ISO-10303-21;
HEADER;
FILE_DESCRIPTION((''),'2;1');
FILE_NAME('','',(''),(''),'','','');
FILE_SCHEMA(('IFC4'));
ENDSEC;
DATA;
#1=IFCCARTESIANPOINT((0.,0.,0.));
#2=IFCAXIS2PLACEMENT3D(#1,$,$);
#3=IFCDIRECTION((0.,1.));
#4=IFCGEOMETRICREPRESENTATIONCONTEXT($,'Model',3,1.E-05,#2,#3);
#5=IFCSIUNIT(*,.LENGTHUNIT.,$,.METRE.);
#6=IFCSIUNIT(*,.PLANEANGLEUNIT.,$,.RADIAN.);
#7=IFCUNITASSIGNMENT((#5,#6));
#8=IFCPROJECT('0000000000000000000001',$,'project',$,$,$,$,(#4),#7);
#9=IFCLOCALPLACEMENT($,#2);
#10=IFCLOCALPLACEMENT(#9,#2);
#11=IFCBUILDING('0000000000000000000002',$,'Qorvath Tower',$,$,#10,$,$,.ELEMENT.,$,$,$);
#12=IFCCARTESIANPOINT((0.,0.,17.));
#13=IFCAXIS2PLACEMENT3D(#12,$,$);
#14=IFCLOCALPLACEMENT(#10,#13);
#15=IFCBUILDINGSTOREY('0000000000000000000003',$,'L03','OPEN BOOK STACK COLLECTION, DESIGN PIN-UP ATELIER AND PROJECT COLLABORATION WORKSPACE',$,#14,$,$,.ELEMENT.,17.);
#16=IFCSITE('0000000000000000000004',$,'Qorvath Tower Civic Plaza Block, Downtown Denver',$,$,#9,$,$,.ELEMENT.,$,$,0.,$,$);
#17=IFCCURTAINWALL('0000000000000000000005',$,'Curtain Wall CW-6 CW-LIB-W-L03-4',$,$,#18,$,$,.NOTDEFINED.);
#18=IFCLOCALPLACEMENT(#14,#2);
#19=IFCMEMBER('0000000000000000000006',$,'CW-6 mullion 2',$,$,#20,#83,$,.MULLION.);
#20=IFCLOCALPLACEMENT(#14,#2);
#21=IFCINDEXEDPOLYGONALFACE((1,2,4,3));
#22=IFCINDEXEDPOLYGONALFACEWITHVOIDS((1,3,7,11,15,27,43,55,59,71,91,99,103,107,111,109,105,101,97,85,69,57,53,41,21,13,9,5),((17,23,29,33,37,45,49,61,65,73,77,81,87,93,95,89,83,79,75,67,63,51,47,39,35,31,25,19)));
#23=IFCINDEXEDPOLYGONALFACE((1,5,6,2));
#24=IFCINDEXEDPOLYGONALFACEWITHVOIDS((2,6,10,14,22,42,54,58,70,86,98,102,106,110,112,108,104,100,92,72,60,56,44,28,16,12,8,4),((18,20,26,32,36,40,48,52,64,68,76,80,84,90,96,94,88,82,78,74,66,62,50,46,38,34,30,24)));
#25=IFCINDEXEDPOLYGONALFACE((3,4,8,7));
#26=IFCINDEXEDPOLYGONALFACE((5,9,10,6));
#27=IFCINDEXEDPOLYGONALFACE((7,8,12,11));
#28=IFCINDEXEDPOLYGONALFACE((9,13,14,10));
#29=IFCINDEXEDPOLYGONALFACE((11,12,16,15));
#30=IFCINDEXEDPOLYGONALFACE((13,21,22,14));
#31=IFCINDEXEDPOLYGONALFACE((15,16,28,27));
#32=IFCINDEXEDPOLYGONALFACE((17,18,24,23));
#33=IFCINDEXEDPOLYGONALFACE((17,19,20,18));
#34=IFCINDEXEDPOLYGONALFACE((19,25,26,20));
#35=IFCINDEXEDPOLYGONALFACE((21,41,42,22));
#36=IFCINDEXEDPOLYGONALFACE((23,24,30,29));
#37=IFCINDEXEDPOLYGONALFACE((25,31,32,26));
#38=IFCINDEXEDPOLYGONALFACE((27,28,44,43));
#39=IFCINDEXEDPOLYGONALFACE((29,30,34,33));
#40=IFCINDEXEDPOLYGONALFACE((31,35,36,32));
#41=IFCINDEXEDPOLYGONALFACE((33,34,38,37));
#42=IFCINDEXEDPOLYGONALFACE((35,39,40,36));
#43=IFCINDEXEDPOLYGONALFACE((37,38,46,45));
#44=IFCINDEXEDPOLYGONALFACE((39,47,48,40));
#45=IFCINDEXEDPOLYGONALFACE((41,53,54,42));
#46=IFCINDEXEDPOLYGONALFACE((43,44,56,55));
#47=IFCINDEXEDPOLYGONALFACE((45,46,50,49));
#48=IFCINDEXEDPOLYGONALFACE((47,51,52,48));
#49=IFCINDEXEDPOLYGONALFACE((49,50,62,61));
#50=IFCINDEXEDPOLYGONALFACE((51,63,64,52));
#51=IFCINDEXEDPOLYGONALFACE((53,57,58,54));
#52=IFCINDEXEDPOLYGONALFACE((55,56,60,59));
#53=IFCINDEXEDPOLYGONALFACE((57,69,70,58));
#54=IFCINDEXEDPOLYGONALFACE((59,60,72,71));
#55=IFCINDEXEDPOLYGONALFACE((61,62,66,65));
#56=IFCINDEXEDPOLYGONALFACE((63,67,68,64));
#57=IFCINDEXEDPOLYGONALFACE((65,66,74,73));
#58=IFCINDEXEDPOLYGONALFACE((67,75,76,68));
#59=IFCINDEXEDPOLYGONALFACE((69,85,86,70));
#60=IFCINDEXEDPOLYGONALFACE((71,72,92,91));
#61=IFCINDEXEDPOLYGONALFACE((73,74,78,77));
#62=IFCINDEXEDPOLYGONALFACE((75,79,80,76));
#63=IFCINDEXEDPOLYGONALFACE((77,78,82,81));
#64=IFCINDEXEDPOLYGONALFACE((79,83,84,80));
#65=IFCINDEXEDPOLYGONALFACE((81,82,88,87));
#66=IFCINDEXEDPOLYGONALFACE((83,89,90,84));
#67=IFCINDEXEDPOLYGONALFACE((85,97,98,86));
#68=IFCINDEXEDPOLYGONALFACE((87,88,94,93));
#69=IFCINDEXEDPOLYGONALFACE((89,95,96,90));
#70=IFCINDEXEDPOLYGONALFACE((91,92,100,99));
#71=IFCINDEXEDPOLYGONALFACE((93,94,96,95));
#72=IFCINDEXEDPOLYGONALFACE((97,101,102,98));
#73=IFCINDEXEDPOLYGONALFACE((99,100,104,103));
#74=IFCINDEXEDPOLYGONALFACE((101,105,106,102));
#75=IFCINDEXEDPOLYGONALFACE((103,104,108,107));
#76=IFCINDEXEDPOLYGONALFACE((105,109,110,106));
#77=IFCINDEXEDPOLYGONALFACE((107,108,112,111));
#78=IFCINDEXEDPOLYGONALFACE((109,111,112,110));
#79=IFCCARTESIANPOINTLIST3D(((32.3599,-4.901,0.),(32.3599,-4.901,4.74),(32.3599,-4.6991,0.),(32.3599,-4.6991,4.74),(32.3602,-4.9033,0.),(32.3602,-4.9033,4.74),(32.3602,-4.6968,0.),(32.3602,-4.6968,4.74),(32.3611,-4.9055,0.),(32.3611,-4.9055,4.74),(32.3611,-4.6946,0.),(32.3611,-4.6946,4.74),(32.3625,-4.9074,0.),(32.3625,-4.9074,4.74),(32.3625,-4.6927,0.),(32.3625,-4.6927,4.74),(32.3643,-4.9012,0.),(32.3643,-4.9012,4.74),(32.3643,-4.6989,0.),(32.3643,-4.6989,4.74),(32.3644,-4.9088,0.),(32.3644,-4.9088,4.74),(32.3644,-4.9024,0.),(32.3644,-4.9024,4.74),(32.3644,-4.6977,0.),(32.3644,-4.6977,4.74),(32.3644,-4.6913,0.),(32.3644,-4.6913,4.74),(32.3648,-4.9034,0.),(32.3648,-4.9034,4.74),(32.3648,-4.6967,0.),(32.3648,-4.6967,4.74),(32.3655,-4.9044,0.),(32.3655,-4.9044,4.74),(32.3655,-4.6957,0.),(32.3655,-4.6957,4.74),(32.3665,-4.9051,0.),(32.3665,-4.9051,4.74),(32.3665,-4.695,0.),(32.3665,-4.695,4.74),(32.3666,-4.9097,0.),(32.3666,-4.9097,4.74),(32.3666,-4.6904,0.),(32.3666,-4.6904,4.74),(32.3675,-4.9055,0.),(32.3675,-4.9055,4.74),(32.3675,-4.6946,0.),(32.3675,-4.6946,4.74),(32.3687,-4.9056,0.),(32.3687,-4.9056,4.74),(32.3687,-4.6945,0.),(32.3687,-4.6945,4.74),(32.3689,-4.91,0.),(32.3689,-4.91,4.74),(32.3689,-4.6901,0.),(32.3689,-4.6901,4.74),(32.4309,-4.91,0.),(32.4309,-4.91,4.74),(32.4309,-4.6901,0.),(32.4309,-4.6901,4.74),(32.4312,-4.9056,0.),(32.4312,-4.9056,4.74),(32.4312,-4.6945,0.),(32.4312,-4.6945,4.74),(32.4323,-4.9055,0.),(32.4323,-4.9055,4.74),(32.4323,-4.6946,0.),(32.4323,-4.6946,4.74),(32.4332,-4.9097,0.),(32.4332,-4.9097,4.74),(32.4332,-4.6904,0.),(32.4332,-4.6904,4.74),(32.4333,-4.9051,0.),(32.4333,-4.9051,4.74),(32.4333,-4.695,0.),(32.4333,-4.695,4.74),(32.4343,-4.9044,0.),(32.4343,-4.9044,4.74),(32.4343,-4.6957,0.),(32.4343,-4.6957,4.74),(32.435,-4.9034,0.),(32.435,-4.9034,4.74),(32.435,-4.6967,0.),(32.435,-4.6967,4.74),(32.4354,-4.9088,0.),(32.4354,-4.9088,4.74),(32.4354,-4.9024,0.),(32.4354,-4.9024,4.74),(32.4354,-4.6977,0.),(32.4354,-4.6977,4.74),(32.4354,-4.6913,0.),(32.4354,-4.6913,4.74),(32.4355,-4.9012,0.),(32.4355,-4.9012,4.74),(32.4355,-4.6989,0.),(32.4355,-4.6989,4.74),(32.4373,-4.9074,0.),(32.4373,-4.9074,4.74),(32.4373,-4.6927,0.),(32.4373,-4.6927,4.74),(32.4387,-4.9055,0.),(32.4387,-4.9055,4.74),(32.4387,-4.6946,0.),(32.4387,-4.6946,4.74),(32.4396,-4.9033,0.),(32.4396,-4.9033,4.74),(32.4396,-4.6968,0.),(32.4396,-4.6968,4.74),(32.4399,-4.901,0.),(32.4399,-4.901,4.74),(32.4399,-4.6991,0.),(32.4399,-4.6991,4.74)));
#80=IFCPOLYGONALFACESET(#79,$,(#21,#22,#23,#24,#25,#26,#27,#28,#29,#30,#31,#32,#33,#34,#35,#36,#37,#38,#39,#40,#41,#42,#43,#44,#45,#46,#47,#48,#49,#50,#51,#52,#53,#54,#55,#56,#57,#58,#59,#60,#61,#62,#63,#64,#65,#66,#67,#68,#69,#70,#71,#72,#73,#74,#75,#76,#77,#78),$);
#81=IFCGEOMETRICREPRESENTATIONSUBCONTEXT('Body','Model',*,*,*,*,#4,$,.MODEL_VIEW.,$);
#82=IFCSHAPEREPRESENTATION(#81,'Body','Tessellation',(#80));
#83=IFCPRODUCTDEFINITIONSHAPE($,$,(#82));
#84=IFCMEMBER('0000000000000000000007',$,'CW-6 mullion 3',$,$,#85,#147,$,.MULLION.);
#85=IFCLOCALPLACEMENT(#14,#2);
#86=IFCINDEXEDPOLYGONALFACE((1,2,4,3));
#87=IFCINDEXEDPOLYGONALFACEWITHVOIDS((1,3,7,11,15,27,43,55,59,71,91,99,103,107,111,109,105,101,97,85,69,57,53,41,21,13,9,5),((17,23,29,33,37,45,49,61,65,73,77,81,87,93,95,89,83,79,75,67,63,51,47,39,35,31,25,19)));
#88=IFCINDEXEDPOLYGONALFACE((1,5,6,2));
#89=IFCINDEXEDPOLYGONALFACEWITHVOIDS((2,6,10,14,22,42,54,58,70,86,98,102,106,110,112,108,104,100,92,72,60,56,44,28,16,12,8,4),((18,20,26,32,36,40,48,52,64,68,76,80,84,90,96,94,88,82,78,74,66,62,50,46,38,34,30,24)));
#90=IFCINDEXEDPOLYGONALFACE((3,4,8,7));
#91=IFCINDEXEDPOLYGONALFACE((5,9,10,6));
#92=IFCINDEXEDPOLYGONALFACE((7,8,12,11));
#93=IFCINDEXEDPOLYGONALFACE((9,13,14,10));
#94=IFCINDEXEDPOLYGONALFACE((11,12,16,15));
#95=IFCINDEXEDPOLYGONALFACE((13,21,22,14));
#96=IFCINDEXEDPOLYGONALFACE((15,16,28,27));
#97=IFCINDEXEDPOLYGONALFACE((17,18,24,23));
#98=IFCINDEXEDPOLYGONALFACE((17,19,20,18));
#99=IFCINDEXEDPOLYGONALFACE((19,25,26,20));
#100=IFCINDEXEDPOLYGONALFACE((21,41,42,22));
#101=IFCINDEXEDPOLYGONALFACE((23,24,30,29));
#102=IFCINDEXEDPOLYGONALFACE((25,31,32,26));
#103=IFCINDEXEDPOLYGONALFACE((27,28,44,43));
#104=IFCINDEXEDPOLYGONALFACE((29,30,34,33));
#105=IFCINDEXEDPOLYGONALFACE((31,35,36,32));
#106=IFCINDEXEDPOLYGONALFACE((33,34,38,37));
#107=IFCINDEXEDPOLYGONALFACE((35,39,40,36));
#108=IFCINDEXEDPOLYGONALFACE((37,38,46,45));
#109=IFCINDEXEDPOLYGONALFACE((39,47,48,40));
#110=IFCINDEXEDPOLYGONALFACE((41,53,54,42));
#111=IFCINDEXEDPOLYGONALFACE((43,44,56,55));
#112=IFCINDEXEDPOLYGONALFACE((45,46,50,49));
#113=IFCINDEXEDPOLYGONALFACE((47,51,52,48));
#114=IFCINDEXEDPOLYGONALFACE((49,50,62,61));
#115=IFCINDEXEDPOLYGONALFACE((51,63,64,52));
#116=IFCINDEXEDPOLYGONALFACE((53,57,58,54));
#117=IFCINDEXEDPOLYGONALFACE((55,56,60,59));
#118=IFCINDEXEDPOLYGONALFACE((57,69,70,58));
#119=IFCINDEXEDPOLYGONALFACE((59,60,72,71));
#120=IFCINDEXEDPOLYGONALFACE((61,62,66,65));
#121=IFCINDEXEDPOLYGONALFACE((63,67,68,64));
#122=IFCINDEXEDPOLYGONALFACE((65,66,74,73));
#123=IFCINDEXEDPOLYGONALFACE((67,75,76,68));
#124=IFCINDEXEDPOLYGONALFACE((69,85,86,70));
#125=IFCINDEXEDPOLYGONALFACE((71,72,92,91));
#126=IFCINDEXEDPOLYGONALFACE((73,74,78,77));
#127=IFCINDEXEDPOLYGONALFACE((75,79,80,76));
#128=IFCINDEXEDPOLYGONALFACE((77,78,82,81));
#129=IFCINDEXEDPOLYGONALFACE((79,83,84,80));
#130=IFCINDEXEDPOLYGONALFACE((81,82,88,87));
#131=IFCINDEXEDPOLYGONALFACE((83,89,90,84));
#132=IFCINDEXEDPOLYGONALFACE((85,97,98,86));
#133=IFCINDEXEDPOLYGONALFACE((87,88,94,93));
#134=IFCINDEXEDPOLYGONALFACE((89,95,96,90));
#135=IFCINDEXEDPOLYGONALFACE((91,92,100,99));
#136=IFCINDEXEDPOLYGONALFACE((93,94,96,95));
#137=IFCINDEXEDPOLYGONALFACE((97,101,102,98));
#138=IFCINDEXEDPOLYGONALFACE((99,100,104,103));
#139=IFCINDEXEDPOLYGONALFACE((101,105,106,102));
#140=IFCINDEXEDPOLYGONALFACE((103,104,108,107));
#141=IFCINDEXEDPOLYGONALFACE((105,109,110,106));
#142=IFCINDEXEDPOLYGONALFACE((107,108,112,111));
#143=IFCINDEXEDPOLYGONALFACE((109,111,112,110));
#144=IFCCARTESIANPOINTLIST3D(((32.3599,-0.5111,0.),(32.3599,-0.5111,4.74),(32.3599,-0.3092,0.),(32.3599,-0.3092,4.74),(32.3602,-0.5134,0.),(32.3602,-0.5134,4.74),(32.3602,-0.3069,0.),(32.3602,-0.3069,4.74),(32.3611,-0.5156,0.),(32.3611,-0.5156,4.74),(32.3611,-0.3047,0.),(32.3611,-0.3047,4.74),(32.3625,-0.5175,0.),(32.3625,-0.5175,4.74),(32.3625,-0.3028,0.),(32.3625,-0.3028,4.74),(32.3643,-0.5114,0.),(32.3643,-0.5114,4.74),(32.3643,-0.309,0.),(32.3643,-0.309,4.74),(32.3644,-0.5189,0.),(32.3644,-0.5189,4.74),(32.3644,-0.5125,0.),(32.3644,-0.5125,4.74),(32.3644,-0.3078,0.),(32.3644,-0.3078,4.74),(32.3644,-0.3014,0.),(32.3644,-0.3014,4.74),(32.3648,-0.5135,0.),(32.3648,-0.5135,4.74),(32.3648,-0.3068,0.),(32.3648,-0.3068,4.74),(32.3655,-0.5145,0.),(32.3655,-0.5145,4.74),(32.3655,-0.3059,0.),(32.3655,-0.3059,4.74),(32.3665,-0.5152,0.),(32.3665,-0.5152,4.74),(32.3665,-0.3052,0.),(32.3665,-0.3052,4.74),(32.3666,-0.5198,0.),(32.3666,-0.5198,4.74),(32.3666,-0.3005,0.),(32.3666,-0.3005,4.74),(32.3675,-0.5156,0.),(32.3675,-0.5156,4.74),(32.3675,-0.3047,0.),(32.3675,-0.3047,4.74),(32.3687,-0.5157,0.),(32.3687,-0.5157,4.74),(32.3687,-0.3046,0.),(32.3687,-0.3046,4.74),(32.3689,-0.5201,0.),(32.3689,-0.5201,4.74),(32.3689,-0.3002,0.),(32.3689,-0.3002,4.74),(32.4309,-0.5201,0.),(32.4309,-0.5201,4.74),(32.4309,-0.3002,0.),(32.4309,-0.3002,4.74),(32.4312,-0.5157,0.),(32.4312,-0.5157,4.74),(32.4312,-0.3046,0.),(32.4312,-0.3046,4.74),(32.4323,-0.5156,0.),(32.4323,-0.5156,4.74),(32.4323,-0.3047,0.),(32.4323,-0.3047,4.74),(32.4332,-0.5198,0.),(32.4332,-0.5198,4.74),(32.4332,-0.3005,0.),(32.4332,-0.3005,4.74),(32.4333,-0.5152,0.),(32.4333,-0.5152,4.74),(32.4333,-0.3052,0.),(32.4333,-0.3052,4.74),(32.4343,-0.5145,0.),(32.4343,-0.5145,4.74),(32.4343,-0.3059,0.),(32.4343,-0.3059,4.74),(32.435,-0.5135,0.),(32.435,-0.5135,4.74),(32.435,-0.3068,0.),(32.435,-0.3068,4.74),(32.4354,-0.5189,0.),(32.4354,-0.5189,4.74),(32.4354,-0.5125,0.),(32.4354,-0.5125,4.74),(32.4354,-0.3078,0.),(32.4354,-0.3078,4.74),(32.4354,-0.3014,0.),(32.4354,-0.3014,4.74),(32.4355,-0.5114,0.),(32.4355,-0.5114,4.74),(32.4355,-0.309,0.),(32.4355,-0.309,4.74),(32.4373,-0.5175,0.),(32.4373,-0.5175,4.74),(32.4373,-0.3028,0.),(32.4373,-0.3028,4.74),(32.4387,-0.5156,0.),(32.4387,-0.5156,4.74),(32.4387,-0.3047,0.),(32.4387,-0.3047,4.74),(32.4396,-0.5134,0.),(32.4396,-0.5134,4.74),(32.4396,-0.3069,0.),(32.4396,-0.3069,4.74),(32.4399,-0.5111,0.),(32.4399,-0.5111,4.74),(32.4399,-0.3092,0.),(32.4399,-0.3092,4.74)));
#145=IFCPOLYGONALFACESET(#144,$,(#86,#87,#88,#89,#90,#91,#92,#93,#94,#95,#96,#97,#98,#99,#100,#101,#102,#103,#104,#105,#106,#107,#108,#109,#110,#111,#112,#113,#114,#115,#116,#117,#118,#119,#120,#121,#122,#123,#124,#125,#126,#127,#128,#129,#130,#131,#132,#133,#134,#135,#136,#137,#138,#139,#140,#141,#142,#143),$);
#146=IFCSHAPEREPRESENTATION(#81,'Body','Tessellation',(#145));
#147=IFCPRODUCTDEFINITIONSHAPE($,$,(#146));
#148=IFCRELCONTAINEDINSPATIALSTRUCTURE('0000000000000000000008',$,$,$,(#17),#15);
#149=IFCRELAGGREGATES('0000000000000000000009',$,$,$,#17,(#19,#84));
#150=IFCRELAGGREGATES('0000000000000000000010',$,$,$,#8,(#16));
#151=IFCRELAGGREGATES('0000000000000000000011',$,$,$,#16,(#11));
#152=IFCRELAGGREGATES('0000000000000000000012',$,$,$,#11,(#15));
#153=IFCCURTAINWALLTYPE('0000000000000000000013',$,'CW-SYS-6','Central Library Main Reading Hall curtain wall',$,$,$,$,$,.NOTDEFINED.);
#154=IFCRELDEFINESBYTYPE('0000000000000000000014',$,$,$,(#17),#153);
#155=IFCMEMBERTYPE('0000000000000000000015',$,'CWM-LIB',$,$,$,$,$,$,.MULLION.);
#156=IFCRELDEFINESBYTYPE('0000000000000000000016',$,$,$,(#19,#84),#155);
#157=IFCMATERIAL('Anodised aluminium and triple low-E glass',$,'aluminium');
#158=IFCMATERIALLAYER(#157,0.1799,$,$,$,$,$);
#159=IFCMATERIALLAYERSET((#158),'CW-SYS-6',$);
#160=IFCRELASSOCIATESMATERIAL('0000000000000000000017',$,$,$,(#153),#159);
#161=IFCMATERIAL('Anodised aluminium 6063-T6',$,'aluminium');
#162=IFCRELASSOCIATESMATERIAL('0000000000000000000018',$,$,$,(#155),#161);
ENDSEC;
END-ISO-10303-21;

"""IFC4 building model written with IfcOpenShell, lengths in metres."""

from ifc_helpers import new_model, si_unit, direction, frame, origin, origin_2d, place, context, subcontext, project, spatial, hollow_rectangle, extrude, material, layer, layer_set, material_profile, profile_set, type_object, element, aggregate, save


model = new_model("IFC4")

# Units and contexts
model_context = context("Model", 3, precision=1e-05, world=origin(), true_north=direction((0.0, 1.0)))
body_context = subcontext(model_context, "Body", "Model", "MODEL_VIEW")
ifc_project = project(units=[si_unit("LENGTHUNIT", "METRE"), si_unit("PLANEANGLEUNIT", "RADIAN")], contexts=[model_context])

# Site, building, storey
site_placement = place(None, origin())
site = spatial("IfcSite", under=ifc_project, at=site_placement, Name="Qorvath Tower Civic Plaza Block, Downtown Denver", CompositionType="ELEMENT", RefElevation=0.0)
building_placement = place(site_placement, origin())
building = spatial("IfcBuilding", under=site, at=building_placement, Name="Qorvath Tower", CompositionType="ELEMENT")
storey_placement = place(building_placement, frame((0.0, 0.0, 17.0)))
storey = spatial("IfcBuildingStorey", under=building, at=storey_placement, Name="L03", Description="OPEN BOOK STACK COLLECTION, DESIGN PIN-UP ATELIER AND PROJECT COLLABORATION WORKSPACE", CompositionType="ELEMENT", Elevation=17.0)

# Shared definitions
ifc_material_1 = material(Name="Anodised aluminium and triple low-E glass", Category="aluminium")
ifc_layer_1 = layer(ifc_material_1, 0.1799)
ifc_layer_set_1 = layer_set([ifc_layer_1], Name="CW-SYS-6")
curtain_wall_type = type_object("IfcCurtainWallType", Name="CW-SYS-6", Description="Central Library Main Reading Hall curtain wall", PredefinedType="NOTDEFINED", material=ifc_layer_set_1)
ifc_material_2 = material(Name="Anodised aluminium 6063-T6", Category="aluminium")
ifc_material_profile_1 = material_profile(ifc_material_2, hollow_rectangle(XDim=0.0801, YDim=0.22, WallThickness=0.0044, InnerFilletRadius=0.0044, OuterFilletRadius=0.009, at=origin_2d()), Name="CWM LIB 220x80")
ifc_profile_set_1 = profile_set([ifc_material_profile_1], Name="Anodised aluminium 6063-T6")
member_type_1 = type_object("IfcMemberType", Name="CWM-LIB", PredefinedType="MULLION", material=ifc_profile_set_1)

# Curtain wall, members
curtain_wall_1_placement = place(storey_placement, origin())
curtain_wall_1 = element("IfcCurtainWall", 1, at=curtain_wall_1_placement, inside=storey, type_object=curtain_wall_type, Name="Curtain Wall CW-6 CW-LIB-W-L03-4", PredefinedType="NOTDEFINED")
member_1_placement = place(storey_placement, frame((32.3999, -4.8, 0.0), z_axis=(0.0, 0.0, 1.0), x_axis=(-1.0, 0.0, 0.0)))
member_1 = element("IfcMember", 2, at=member_1_placement, type_object=member_type_1, Name="CW-6 mullion 2", PredefinedType="MULLION", context=body_context, shape_type="SweptSolid", body=[
    extrude(hollow_rectangle(XDim=0.0801, YDim=0.22, WallThickness=0.0044, InnerFilletRadius=0.0044, OuterFilletRadius=0.009, at=origin_2d()), origin(), (0.0, 0.0, 1.0), 4.74),
])
member_2_placement = place(storey_placement, frame((32.3999, -0.4102, 0.0), z_axis=(0.0, 0.0, 1.0), x_axis=(-1.0, 0.0, 0.0)))
member_2 = element("IfcMember", 3, at=member_2_placement, type_object=member_type_1, Name="CW-6 mullion 3", PredefinedType="MULLION", context=body_context, shape_type="SweptSolid", body=[
    extrude(hollow_rectangle(XDim=0.0801, YDim=0.22, WallThickness=0.0044, InnerFilletRadius=0.0044, OuterFilletRadius=0.009, at=origin_2d()), origin(), (0.0, 0.0, 1.0), 4.74),
])

aggregate(curtain_wall_1, [member_1, member_2])

save(model, "model.ifc")
